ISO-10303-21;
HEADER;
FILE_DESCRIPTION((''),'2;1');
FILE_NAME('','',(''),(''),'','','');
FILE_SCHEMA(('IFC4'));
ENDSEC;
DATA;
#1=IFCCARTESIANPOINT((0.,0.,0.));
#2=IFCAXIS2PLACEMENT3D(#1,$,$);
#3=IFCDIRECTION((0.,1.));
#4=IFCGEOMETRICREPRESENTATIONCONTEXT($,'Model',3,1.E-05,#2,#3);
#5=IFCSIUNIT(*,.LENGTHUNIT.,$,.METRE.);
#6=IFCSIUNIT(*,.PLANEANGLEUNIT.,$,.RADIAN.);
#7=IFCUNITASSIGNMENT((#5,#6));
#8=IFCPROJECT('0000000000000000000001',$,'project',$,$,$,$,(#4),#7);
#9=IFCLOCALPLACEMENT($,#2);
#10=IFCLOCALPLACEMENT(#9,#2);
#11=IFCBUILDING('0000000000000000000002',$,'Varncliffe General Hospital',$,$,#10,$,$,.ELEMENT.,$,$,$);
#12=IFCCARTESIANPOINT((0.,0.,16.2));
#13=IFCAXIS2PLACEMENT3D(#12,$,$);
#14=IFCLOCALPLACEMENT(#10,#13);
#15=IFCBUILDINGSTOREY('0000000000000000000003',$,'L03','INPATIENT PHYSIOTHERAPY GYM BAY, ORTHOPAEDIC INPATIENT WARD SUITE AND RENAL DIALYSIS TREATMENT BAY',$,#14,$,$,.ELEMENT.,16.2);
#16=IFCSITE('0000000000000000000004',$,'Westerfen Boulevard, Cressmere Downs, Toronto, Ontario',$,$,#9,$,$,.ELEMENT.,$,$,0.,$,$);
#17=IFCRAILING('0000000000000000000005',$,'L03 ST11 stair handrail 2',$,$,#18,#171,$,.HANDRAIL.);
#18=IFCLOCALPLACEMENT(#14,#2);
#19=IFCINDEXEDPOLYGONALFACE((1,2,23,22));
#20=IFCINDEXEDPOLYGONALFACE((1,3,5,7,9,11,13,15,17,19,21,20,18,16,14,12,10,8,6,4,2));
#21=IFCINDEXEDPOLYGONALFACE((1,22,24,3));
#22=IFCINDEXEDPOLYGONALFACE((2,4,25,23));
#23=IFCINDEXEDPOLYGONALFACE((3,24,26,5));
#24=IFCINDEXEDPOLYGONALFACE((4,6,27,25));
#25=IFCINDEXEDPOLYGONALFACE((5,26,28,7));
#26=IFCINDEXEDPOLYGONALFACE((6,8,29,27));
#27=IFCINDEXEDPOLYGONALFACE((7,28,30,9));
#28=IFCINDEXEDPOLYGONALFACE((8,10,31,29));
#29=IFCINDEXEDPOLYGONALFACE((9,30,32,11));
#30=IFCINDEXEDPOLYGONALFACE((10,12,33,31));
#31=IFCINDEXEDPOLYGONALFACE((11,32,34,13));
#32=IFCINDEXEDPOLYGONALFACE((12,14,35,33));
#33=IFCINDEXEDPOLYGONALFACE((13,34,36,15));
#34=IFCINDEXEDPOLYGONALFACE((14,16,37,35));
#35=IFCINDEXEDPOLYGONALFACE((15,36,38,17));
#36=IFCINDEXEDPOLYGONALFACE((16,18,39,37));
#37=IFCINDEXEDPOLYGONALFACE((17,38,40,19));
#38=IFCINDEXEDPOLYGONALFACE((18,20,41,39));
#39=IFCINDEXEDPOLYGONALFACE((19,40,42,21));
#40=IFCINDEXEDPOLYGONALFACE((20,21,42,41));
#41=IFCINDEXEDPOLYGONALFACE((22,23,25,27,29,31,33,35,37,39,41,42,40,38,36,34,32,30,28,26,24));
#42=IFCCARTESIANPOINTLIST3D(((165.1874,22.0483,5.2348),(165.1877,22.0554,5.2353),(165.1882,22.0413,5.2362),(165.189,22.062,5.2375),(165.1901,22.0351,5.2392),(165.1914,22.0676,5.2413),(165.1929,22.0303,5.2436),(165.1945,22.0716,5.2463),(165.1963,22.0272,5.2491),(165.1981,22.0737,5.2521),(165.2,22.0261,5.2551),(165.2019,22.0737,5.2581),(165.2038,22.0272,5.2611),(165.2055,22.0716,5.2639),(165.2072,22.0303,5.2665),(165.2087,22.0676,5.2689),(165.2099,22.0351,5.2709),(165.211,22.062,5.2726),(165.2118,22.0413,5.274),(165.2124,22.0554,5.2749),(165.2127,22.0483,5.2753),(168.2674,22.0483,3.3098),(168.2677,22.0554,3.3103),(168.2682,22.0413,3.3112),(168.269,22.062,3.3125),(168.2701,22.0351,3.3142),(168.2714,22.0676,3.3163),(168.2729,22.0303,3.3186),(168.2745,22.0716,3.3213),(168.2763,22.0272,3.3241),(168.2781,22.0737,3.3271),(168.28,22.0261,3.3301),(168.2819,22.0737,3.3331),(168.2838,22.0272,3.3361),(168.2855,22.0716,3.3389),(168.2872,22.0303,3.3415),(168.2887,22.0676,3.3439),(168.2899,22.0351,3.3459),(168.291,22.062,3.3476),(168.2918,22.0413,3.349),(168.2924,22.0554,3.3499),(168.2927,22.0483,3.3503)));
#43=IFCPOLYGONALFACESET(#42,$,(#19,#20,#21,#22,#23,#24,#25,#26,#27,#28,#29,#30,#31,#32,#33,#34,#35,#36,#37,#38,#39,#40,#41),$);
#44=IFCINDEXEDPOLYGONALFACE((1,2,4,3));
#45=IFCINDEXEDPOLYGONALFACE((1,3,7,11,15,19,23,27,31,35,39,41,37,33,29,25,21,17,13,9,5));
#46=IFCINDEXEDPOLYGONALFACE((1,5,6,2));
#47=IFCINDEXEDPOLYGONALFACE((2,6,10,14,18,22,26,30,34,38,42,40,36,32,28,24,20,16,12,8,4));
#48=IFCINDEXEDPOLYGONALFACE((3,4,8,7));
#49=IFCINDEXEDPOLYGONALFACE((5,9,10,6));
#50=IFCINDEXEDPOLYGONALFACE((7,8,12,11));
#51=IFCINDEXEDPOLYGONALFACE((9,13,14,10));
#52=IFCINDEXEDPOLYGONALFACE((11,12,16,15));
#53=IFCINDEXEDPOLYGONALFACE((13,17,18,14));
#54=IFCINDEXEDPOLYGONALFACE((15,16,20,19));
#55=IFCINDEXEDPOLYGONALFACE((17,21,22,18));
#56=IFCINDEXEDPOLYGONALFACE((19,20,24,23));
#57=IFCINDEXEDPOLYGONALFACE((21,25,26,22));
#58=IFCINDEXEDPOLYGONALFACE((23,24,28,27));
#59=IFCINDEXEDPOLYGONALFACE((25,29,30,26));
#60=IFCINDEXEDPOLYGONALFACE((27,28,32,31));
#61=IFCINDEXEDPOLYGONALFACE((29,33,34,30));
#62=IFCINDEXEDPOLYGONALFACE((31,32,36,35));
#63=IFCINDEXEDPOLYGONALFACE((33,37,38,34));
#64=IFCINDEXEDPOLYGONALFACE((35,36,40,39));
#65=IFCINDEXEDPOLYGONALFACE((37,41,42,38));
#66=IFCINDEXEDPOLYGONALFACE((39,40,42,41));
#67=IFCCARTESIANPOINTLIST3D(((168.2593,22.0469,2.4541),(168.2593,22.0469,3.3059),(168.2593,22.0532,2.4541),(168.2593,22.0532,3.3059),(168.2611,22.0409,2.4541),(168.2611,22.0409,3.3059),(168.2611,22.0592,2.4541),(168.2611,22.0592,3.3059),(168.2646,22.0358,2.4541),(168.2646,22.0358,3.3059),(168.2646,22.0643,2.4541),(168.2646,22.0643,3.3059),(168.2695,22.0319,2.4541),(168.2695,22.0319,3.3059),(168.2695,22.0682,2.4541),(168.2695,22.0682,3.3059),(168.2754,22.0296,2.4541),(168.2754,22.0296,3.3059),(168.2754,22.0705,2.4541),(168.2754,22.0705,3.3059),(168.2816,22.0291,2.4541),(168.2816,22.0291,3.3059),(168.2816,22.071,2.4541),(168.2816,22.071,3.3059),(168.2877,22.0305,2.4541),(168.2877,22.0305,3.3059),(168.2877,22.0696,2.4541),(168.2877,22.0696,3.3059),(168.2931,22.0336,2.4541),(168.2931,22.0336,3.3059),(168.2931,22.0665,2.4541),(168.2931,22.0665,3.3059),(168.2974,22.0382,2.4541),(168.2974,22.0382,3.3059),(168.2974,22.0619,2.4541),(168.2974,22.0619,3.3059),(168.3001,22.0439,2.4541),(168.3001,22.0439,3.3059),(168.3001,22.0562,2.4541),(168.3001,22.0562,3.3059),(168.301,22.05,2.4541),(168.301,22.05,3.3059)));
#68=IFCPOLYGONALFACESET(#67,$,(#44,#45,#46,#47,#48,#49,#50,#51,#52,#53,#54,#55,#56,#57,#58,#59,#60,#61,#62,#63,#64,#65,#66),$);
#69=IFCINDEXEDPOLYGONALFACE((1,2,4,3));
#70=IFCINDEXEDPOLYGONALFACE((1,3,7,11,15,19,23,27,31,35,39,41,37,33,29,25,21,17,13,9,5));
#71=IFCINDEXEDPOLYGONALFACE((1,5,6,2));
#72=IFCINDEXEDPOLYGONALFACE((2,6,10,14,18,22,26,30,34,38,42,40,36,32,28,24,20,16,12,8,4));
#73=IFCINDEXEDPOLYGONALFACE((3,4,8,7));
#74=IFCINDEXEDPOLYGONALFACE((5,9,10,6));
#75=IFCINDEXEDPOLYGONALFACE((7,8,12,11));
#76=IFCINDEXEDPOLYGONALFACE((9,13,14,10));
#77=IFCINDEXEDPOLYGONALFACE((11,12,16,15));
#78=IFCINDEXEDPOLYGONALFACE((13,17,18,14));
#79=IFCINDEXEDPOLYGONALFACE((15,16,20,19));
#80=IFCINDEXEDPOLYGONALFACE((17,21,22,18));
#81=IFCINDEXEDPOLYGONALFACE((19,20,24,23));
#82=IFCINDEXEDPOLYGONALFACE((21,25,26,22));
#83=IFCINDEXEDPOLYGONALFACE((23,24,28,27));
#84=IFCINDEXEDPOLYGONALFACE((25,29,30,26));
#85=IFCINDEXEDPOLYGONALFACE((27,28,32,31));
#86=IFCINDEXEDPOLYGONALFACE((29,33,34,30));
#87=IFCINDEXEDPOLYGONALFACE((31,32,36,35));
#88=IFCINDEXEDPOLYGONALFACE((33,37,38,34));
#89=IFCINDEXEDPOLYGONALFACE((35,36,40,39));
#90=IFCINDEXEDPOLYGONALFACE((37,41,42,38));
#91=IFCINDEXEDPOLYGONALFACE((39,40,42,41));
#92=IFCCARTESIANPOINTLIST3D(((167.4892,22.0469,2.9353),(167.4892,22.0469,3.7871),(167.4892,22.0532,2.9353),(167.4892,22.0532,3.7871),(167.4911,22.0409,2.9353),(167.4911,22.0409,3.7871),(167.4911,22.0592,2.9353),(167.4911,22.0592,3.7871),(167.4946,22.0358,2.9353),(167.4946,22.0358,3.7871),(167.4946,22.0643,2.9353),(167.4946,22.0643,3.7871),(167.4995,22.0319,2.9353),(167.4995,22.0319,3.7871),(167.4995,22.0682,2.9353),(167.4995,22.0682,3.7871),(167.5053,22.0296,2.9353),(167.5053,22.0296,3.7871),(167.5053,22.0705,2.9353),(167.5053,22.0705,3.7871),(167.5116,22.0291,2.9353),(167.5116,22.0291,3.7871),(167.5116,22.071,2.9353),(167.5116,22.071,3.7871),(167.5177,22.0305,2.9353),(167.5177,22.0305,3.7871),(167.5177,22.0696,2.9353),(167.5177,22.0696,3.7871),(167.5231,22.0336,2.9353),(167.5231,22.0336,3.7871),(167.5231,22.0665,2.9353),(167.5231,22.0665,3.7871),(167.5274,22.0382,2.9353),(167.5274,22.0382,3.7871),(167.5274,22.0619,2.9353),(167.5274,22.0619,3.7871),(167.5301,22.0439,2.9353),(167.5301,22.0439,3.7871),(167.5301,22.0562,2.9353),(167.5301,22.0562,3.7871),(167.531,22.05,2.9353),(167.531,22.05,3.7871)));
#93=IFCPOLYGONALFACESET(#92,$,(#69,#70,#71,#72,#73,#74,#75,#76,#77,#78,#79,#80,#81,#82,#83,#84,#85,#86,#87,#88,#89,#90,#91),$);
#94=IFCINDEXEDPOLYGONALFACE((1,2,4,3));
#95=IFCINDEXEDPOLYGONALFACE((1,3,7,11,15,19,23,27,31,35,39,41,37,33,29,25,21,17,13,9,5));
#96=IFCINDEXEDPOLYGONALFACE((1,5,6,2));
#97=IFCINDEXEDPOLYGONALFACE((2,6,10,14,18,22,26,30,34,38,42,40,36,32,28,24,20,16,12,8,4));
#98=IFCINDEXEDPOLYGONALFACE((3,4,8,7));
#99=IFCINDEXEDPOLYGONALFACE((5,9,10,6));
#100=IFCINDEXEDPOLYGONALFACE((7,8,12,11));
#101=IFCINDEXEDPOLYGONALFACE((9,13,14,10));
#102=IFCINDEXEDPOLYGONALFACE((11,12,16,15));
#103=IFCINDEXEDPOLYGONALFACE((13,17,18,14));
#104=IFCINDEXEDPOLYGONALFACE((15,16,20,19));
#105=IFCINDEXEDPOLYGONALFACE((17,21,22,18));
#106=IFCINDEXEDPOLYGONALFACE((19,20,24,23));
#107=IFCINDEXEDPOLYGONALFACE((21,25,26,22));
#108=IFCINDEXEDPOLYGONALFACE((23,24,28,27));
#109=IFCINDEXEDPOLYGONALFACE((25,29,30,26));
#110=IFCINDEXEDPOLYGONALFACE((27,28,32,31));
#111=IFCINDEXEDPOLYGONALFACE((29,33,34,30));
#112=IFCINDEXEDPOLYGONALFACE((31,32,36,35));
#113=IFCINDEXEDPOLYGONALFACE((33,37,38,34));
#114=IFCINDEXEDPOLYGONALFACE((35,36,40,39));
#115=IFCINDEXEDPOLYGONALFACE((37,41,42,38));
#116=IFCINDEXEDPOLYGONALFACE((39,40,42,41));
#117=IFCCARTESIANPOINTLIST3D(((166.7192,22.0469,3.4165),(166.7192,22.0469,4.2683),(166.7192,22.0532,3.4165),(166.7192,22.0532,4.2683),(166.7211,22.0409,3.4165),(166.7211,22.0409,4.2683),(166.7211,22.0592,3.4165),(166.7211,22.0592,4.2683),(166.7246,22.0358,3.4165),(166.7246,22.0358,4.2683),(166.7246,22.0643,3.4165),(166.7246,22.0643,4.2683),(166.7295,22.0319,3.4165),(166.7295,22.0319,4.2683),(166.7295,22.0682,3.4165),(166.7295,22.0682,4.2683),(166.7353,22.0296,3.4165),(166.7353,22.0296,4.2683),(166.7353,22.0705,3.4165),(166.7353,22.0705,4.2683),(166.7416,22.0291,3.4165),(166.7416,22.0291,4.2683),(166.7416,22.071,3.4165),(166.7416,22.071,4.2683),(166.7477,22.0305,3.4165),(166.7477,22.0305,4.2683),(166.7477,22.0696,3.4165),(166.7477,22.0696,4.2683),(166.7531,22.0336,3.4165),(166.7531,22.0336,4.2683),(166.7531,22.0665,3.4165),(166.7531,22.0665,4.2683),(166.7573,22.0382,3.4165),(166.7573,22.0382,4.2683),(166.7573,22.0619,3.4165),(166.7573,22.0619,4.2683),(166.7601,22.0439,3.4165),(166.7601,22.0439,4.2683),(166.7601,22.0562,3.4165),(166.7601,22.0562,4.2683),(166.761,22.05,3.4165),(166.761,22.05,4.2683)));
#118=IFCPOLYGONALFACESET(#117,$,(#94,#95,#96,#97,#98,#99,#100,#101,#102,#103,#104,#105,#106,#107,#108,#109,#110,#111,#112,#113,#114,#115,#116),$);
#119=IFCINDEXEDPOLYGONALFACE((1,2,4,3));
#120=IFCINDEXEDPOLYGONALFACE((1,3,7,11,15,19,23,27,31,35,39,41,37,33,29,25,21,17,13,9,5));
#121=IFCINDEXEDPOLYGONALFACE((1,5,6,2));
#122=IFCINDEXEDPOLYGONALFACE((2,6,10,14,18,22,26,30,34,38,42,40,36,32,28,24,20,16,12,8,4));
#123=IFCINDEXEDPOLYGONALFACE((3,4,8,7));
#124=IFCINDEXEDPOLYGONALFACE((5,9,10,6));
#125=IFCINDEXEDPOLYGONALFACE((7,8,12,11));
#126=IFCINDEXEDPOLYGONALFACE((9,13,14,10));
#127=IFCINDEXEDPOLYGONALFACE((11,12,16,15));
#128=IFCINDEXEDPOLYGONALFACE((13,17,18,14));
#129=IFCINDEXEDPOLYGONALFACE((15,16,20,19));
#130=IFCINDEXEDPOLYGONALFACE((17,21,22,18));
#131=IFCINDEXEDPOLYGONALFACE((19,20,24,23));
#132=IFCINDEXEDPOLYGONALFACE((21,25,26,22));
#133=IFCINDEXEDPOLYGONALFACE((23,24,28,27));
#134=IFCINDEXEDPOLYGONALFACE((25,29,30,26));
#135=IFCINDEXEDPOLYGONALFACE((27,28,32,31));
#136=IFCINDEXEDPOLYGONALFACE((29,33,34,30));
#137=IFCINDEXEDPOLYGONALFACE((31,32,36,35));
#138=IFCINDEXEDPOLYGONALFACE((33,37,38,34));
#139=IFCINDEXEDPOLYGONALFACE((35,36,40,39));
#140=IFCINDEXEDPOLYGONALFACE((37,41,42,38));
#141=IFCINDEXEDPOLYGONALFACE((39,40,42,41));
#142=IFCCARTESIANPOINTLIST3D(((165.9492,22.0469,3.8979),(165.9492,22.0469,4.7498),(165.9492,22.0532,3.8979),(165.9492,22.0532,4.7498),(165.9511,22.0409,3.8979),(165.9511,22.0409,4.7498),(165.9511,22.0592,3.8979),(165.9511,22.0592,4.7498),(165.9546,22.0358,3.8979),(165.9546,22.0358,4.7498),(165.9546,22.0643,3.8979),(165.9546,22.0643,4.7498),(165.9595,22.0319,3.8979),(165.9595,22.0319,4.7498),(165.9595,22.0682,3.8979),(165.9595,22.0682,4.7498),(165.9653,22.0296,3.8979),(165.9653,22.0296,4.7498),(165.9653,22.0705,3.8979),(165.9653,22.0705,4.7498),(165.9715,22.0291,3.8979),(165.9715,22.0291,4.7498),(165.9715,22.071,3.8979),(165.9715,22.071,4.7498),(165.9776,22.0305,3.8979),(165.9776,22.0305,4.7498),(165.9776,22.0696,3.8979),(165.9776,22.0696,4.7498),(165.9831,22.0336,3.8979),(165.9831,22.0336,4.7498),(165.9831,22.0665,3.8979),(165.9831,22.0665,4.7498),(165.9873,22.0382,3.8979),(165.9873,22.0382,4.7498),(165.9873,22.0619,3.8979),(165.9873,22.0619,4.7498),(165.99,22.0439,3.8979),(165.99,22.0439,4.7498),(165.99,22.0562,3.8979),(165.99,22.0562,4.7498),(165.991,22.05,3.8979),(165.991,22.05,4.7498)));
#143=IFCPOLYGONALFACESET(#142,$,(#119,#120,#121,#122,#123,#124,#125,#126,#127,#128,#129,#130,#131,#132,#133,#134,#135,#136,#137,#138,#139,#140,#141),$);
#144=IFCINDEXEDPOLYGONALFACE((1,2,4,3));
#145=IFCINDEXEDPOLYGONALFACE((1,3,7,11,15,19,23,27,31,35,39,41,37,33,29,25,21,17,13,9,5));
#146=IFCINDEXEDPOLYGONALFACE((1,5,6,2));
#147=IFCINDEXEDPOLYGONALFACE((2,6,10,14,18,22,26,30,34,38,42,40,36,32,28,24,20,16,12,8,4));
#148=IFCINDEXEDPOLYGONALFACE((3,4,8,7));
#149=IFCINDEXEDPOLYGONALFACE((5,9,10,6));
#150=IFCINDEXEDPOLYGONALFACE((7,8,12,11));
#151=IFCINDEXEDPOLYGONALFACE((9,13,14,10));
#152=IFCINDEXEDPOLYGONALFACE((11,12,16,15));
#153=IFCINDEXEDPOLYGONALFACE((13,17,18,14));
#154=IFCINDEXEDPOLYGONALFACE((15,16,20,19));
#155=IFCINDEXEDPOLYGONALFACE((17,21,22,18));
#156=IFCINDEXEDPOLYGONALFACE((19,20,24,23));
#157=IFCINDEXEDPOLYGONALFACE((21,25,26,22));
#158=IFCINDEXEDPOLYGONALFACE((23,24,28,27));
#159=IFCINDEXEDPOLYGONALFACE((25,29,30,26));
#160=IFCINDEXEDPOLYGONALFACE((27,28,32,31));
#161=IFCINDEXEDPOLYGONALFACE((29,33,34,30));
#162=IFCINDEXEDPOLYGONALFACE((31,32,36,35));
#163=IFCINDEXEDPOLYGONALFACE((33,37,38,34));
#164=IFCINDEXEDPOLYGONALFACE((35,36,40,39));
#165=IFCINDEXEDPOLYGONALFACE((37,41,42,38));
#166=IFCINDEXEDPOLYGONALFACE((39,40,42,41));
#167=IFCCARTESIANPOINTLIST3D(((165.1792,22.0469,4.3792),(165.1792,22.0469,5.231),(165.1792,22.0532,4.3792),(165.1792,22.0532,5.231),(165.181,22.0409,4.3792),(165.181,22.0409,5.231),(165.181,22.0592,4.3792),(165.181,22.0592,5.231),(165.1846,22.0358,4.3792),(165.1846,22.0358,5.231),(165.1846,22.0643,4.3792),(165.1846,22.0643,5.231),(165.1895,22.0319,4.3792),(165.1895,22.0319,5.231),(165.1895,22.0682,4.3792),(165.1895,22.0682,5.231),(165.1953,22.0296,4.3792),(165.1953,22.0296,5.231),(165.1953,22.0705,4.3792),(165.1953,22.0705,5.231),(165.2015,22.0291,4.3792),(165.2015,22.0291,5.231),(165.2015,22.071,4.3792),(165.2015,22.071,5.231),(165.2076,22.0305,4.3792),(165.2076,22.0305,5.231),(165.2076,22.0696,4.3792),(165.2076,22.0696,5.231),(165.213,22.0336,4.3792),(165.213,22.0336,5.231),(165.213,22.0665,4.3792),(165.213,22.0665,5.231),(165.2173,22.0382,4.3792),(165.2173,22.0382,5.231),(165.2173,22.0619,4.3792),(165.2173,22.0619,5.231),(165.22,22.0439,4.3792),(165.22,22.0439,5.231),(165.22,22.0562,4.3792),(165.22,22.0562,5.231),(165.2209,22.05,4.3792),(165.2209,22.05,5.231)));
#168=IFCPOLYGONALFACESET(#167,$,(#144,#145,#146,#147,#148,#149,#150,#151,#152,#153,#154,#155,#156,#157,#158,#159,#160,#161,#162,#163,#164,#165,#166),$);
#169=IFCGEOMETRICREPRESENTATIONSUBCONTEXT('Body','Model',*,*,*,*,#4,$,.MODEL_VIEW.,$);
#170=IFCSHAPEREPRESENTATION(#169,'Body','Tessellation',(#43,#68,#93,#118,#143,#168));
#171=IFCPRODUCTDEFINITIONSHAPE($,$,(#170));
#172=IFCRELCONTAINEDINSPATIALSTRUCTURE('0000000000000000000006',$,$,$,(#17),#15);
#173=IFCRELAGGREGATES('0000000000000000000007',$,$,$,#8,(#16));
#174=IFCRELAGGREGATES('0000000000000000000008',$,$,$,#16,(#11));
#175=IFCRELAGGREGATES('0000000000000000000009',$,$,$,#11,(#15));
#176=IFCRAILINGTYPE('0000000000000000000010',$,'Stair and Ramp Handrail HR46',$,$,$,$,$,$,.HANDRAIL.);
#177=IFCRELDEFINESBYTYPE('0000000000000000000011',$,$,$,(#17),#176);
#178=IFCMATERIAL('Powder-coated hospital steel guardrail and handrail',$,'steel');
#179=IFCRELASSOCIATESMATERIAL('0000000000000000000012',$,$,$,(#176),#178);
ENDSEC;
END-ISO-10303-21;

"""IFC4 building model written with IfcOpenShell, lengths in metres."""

from ifc_helpers import new_model, si_unit, direction, frame, origin, origin_2d, place, context, subcontext, project, spatial, circle, extrude, material, type_object, element, save


model = new_model("IFC4")

# Units and contexts
model_context = context("Model", 3, precision=1e-05, world=origin(), true_north=direction((0.0, 1.0)))
body_context = subcontext(model_context, "Body", "Model", "MODEL_VIEW")
ifc_project = project(units=[si_unit("LENGTHUNIT", "METRE"), si_unit("PLANEANGLEUNIT", "RADIAN")], contexts=[model_context])

# Site, building, storey
site_placement = place(None, origin())
site = spatial("IfcSite", under=ifc_project, at=site_placement, Name="Westerfen Boulevard, Cressmere Downs, Toronto, Ontario", CompositionType="ELEMENT", RefElevation=0.0)
building_placement = place(site_placement, origin())
building = spatial("IfcBuilding", under=site, at=building_placement, Name="Varncliffe General Hospital", CompositionType="ELEMENT")
storey_placement = place(building_placement, frame((0.0, 0.0, 16.2)))
storey = spatial("IfcBuildingStorey", under=building, at=storey_placement, Name="L03", Description="INPATIENT PHYSIOTHERAPY GYM BAY, ORTHOPAEDIC INPATIENT WARD SUITE AND RENAL DIALYSIS TREATMENT BAY", CompositionType="ELEMENT", Elevation=16.2)

# Railing
ifc_material_1 = material(Name="Powder-coated hospital steel guardrail and handrail", Category="steel")
railing_type_1 = type_object("IfcRailingType", Name="Stair and Ramp Handrail HR46", PredefinedType="HANDRAIL", material=ifc_material_1)
railing_1_placement = place(storey_placement, frame((168.28, 22.05, 2.4541)))
element("IfcRailing", 1, at=railing_1_placement, inside=storey, type_object=railing_type_1, Name="L03 ST11 stair handrail 2", PredefinedType="HANDRAIL", context=body_context, shape_type="SweptSolid", body=[
    extrude(circle(Radius=0.0239, at=origin_2d()), frame((0.0, 0.0, 0.876), z_axis=(-0.847998, 0.0, 0.529999), x_axis=(0.0, -1.0, 0.0)), (0.0, 0.0, 1.0), 3.6321),
    extrude(circle(Radius=0.021, at=origin_2d()), origin(), (0.0, 0.0, 1.0), 0.8518),
    extrude(circle(Radius=0.021, at=origin_2d()), frame((-0.77, 0.0, 0.4812)), (0.0, 0.0, 1.0), 0.8518),
    extrude(circle(Radius=0.021, at=origin_2d()), frame((-1.54, 0.0, 0.9624)), (0.0, 0.0, 1.0), 0.8518),
    extrude(circle(Radius=0.021, at=origin_2d()), frame((-2.3101, 0.0, 1.4438)), (0.0, 0.0, 1.0), 0.8518),
    extrude(circle(Radius=0.021, at=origin_2d()), frame((-3.0801, 0.0, 1.925)), (0.0, 0.0, 1.0), 0.8518),
])

save(model, "model.ifc")
